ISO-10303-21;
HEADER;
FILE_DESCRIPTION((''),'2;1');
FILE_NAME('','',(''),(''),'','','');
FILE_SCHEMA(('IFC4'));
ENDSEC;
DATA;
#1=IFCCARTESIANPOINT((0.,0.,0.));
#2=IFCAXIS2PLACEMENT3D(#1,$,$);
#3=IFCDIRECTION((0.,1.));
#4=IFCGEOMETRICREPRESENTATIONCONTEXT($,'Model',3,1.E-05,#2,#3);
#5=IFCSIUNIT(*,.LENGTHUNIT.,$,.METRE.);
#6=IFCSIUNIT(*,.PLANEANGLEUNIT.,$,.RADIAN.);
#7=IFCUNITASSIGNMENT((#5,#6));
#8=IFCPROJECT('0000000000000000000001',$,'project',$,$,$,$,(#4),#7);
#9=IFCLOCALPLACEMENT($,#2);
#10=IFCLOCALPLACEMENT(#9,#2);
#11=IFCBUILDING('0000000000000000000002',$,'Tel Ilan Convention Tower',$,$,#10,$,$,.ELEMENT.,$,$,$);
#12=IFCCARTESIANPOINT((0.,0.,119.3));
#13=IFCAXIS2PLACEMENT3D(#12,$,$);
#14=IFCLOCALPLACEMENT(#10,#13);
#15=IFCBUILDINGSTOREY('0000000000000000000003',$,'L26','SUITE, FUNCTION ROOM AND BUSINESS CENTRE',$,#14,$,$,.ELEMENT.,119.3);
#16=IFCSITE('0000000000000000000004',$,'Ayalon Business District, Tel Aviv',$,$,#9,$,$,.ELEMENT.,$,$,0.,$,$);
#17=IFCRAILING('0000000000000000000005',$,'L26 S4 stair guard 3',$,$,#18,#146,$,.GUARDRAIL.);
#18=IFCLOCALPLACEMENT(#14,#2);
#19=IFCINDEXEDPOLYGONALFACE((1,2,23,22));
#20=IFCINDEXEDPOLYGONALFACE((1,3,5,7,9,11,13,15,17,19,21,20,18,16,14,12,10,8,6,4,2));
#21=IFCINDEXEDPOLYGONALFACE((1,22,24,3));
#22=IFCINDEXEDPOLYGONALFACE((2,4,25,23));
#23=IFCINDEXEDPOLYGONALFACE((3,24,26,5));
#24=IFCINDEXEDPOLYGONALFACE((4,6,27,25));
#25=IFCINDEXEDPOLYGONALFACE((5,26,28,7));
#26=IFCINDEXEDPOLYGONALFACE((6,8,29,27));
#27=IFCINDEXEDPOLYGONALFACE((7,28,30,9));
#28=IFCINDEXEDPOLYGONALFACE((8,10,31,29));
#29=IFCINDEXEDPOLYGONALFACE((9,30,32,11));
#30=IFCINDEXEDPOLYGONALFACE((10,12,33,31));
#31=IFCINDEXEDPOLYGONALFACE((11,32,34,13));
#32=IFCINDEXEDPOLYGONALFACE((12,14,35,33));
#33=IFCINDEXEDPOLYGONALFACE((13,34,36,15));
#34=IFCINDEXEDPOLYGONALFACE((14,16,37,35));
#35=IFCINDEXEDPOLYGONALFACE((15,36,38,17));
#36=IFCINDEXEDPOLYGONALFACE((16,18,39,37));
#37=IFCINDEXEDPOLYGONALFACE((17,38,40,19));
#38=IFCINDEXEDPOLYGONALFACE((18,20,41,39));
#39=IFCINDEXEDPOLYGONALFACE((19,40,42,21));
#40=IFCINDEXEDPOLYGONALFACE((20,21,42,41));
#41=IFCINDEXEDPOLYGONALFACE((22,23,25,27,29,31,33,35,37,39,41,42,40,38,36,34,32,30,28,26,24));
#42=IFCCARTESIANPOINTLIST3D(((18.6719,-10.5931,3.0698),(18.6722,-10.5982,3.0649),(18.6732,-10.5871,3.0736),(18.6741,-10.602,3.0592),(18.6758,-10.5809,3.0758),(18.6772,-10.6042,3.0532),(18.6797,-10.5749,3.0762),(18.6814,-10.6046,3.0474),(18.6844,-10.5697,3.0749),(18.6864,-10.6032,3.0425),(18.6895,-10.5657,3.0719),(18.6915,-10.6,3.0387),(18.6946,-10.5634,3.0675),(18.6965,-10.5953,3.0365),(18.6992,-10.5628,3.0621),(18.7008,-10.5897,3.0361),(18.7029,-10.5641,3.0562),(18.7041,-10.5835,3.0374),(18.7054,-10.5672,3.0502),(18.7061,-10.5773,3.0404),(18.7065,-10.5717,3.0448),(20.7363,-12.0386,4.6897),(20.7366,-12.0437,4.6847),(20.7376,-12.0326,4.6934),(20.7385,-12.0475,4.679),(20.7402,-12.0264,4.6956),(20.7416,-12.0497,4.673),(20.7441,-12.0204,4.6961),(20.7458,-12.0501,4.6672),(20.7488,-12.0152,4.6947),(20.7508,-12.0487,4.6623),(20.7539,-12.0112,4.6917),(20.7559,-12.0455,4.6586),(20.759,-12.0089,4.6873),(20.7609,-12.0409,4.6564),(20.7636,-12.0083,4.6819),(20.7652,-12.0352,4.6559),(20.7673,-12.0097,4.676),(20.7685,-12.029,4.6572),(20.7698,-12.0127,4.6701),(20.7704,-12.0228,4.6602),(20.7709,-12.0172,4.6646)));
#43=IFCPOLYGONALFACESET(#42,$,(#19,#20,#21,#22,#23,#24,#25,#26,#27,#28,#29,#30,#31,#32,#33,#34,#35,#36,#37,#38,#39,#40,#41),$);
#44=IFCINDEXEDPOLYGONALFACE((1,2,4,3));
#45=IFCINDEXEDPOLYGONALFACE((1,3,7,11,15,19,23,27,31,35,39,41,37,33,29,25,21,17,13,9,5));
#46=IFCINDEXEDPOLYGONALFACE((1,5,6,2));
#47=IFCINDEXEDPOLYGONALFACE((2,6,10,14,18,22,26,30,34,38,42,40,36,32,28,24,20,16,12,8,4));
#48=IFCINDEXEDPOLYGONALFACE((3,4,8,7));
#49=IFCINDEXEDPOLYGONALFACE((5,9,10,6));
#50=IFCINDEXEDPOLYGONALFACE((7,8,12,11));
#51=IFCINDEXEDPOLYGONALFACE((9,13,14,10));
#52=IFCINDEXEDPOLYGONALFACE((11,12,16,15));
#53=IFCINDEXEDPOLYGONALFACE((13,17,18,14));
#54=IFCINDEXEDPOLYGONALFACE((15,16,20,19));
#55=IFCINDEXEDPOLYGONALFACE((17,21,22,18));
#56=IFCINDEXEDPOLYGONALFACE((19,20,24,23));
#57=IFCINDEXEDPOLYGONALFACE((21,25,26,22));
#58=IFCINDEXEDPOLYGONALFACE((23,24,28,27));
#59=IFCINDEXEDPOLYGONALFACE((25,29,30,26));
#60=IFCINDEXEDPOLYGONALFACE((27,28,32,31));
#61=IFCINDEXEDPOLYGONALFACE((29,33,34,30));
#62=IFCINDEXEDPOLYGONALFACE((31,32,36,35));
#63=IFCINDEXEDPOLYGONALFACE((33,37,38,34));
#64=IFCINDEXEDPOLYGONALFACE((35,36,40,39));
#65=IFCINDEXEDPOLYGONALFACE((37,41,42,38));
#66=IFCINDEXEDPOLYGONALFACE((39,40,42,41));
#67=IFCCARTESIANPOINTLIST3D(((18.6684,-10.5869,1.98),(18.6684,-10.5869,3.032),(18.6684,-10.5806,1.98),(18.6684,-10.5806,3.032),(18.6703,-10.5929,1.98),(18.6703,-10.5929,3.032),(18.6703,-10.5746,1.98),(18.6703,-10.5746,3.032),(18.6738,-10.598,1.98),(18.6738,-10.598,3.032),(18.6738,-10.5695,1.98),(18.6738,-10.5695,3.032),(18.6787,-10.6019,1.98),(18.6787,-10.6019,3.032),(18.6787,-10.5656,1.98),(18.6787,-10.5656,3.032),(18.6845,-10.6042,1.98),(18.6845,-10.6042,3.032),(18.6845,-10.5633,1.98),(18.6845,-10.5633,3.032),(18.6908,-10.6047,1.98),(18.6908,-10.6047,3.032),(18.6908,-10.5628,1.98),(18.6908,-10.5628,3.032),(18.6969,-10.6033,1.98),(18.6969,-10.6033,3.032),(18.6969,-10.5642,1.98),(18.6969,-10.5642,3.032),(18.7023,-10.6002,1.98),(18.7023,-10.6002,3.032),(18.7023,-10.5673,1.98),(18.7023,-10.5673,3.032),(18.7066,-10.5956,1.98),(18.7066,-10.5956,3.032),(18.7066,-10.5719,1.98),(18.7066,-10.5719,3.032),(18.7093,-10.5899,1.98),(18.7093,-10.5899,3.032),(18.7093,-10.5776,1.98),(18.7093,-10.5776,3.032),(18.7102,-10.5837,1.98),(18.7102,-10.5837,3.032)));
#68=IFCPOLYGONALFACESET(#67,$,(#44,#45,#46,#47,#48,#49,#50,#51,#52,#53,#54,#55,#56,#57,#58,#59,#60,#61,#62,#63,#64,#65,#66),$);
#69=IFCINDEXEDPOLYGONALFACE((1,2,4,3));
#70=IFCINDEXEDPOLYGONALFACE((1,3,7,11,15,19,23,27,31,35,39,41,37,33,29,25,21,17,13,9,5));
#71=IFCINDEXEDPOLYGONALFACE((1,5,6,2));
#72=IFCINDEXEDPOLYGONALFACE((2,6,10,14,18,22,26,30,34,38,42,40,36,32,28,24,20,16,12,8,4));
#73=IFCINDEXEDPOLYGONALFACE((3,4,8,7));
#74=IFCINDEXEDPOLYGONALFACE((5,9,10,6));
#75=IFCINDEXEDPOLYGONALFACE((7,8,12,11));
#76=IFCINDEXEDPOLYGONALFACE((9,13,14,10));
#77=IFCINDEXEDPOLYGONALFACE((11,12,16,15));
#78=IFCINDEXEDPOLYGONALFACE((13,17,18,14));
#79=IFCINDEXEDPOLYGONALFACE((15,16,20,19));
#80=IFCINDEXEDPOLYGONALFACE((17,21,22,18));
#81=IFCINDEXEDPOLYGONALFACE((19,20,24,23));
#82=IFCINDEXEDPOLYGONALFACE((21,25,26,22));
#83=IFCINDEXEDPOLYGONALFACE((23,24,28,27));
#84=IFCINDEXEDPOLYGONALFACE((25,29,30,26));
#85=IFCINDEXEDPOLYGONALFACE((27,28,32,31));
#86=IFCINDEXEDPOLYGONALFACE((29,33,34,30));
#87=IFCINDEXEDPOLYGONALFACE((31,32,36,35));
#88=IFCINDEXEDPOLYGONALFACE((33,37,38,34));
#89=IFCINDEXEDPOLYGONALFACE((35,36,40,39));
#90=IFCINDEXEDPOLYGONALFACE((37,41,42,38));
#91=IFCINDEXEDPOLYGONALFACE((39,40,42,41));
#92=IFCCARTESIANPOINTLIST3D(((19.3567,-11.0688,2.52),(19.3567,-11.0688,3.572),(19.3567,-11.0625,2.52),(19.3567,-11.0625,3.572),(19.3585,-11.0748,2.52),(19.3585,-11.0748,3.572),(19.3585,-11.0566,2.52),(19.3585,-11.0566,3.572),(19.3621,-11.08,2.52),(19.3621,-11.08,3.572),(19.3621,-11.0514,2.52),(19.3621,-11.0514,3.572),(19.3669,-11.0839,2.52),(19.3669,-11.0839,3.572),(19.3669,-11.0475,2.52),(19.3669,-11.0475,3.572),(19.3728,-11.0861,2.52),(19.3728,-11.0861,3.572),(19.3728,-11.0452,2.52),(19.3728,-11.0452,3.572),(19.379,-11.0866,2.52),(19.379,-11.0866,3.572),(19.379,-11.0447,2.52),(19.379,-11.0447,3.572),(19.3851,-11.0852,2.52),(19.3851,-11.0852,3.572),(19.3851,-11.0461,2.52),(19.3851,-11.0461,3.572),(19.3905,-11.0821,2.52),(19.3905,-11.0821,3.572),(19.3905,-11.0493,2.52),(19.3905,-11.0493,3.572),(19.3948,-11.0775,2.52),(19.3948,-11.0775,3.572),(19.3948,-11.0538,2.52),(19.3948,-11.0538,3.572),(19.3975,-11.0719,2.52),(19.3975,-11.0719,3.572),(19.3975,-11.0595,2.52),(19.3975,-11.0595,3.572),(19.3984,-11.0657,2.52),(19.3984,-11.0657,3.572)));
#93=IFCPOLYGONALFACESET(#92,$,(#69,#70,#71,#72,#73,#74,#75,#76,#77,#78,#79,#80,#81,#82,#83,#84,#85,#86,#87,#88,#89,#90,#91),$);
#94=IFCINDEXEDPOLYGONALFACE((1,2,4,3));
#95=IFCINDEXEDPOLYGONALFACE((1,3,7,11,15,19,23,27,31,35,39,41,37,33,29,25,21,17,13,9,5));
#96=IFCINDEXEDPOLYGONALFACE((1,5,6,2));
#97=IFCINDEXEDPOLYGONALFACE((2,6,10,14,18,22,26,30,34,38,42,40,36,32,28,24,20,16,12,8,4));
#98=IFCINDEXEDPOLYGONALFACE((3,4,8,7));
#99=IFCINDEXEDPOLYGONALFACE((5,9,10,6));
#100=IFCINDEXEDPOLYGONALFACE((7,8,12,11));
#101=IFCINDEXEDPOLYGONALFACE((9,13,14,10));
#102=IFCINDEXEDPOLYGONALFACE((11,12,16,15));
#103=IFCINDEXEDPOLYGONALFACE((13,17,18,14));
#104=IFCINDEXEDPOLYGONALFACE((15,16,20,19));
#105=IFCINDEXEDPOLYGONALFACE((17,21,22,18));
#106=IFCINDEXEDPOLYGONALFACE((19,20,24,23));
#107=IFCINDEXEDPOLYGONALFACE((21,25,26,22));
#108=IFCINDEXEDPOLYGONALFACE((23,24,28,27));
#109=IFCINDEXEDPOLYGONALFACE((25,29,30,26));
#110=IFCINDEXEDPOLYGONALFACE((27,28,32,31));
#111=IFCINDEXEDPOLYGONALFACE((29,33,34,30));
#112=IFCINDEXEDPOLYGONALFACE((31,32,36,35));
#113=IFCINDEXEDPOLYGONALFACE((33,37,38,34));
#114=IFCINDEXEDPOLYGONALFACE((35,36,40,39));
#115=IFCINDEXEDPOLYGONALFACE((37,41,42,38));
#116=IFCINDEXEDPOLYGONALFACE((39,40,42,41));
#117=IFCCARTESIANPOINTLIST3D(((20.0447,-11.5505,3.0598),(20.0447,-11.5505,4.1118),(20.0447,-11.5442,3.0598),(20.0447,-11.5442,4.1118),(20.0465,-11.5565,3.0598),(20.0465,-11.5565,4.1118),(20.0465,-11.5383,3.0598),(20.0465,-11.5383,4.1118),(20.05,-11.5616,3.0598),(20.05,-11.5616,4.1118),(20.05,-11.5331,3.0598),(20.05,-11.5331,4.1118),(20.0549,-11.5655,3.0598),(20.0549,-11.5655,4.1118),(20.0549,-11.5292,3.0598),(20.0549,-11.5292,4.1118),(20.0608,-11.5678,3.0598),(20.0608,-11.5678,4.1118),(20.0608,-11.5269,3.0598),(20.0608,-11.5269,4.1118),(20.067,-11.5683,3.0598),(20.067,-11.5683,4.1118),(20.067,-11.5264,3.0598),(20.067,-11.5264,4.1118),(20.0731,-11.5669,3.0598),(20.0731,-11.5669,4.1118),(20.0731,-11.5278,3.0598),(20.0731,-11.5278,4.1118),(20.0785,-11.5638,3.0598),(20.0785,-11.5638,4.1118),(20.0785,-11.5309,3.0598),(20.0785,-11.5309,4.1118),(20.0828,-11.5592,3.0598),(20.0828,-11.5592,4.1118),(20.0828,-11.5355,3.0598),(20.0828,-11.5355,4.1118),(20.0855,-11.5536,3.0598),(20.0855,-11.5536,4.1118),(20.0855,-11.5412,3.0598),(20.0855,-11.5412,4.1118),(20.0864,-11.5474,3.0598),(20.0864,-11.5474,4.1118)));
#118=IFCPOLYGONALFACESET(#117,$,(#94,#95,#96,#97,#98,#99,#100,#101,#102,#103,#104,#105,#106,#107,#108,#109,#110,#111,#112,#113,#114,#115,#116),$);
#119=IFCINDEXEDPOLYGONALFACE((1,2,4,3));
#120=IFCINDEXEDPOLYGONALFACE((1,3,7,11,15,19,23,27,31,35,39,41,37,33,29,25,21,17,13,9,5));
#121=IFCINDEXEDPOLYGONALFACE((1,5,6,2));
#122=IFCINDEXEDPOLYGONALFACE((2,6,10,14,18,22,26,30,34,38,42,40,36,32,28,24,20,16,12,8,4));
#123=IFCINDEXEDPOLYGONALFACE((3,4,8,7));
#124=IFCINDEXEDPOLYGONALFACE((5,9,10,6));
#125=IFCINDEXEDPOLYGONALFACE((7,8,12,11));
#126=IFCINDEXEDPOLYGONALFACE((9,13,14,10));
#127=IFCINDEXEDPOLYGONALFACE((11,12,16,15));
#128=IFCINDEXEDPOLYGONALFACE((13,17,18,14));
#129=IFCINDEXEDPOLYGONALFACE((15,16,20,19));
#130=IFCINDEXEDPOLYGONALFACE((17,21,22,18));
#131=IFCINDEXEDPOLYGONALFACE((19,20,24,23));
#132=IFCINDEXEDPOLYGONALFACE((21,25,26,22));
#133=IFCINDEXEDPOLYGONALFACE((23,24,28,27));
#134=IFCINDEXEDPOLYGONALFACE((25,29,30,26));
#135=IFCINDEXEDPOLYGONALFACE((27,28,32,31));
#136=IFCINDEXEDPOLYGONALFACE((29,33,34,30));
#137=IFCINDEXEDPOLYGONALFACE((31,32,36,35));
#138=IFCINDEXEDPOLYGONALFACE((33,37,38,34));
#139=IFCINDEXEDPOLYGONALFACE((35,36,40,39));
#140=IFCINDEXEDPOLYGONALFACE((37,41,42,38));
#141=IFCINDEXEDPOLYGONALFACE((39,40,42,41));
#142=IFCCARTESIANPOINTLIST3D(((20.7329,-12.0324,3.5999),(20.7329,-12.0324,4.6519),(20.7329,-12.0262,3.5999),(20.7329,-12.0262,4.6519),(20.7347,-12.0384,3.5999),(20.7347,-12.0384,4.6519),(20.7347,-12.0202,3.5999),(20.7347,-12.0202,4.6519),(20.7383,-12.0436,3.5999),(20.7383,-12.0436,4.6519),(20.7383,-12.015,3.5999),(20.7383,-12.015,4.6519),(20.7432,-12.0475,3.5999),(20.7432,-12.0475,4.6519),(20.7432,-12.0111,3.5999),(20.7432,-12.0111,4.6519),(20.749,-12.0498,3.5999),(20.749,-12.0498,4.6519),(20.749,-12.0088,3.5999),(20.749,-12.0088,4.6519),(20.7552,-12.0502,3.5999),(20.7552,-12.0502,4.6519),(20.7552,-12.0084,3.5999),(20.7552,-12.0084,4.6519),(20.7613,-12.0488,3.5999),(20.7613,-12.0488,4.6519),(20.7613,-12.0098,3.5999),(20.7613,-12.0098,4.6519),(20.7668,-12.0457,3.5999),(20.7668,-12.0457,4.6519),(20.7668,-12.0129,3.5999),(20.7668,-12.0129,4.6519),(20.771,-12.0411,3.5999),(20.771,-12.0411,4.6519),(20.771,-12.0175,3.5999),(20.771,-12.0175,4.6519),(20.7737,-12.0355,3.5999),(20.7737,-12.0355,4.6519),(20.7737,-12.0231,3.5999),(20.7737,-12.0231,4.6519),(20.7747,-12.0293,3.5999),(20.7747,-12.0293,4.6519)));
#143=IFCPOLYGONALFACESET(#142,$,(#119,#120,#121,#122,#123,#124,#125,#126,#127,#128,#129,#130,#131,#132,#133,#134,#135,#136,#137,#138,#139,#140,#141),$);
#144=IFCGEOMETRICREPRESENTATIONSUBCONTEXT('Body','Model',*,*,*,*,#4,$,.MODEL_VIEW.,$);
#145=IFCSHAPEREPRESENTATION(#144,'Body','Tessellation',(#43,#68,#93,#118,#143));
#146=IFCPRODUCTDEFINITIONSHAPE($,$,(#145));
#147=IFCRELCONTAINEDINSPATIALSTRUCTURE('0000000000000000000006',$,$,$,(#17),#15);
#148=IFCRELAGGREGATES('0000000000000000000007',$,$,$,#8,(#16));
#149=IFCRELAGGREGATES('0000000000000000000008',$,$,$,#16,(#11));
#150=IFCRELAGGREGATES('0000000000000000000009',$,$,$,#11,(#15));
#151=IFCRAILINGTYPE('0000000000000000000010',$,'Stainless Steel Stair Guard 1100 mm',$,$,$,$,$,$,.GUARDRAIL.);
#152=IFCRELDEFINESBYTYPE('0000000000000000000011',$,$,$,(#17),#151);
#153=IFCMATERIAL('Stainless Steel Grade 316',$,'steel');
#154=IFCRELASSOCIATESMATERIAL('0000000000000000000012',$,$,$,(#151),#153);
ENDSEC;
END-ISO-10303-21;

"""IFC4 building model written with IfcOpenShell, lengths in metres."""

from ifc_helpers import new_model, si_unit, direction, frame, origin, origin_2d, place, context, subcontext, project, spatial, circle, extrude, material, type_object, element, save


model = new_model("IFC4")

# Units and contexts
model_context = context("Model", 3, precision=1e-05, world=origin(), true_north=direction((0.0, 1.0)))
body_context = subcontext(model_context, "Body", "Model", "MODEL_VIEW")
ifc_project = project(units=[si_unit("LENGTHUNIT", "METRE"), si_unit("PLANEANGLEUNIT", "RADIAN")], contexts=[model_context])

# Site, building, storey
site_placement = place(None, origin())
site = spatial("IfcSite", under=ifc_project, at=site_placement, Name="Ayalon Business District, Tel Aviv", CompositionType="ELEMENT", RefElevation=0.0)
building_placement = place(site_placement, origin())
building = spatial("IfcBuilding", under=site, at=building_placement, Name="Tel Ilan Convention Tower", CompositionType="ELEMENT")
storey_placement = place(building_placement, frame((0.0, 0.0, 119.3)))
storey = spatial("IfcBuildingStorey", under=building, at=storey_placement, Name="L26", Description="SUITE, FUNCTION ROOM AND BUSINESS CENTRE", CompositionType="ELEMENT", Elevation=119.3)

# Railing
ifc_material_1 = material(Name="Stainless Steel Grade 316", Category="steel")
railing_type_1 = type_object("IfcRailingType", Name="Stainless Steel Stair Guard 1100 mm", PredefinedType="GUARDRAIL", material=ifc_material_1)
railing_1_placement = place(storey_placement, frame((18.6892, -10.5837, 1.98)))
element("IfcRailing", 1, at=railing_1_placement, inside=storey, type_object=railing_type_1, Name="L26 S4 stair guard 3", PredefinedType="GUARDRAIL", context=body_context, shape_type="SweptSolid", body=[
    extrude(circle(Radius=0.0239, at=origin_2d()), frame((0.0, 0.0, 1.0762), z_axis=(0.689086, -0.482507, 0.540691), x_axis=(0.573579, 0.81915, 0.0)), (0.0, 0.0, 1.0), 2.9958),
    extrude(circle(Radius=0.021, at=origin_2d()), origin(), (0.0, 0.0, 1.0), 1.052),
    extrude(circle(Radius=0.021, at=origin_2d()), frame((0.6882, -0.4819, 0.54)), (0.0, 0.0, 1.0), 1.052),
    extrude(circle(Radius=0.021, at=origin_2d()), frame((1.3762, -0.9636, 1.0798)), (0.0, 0.0, 1.0), 1.052),
    extrude(circle(Radius=0.021, at=origin_2d()), frame((2.0645, -1.4456, 1.6199)), (0.0, 0.0, 1.0), 1.052),
])

save(model, "model.ifc")
